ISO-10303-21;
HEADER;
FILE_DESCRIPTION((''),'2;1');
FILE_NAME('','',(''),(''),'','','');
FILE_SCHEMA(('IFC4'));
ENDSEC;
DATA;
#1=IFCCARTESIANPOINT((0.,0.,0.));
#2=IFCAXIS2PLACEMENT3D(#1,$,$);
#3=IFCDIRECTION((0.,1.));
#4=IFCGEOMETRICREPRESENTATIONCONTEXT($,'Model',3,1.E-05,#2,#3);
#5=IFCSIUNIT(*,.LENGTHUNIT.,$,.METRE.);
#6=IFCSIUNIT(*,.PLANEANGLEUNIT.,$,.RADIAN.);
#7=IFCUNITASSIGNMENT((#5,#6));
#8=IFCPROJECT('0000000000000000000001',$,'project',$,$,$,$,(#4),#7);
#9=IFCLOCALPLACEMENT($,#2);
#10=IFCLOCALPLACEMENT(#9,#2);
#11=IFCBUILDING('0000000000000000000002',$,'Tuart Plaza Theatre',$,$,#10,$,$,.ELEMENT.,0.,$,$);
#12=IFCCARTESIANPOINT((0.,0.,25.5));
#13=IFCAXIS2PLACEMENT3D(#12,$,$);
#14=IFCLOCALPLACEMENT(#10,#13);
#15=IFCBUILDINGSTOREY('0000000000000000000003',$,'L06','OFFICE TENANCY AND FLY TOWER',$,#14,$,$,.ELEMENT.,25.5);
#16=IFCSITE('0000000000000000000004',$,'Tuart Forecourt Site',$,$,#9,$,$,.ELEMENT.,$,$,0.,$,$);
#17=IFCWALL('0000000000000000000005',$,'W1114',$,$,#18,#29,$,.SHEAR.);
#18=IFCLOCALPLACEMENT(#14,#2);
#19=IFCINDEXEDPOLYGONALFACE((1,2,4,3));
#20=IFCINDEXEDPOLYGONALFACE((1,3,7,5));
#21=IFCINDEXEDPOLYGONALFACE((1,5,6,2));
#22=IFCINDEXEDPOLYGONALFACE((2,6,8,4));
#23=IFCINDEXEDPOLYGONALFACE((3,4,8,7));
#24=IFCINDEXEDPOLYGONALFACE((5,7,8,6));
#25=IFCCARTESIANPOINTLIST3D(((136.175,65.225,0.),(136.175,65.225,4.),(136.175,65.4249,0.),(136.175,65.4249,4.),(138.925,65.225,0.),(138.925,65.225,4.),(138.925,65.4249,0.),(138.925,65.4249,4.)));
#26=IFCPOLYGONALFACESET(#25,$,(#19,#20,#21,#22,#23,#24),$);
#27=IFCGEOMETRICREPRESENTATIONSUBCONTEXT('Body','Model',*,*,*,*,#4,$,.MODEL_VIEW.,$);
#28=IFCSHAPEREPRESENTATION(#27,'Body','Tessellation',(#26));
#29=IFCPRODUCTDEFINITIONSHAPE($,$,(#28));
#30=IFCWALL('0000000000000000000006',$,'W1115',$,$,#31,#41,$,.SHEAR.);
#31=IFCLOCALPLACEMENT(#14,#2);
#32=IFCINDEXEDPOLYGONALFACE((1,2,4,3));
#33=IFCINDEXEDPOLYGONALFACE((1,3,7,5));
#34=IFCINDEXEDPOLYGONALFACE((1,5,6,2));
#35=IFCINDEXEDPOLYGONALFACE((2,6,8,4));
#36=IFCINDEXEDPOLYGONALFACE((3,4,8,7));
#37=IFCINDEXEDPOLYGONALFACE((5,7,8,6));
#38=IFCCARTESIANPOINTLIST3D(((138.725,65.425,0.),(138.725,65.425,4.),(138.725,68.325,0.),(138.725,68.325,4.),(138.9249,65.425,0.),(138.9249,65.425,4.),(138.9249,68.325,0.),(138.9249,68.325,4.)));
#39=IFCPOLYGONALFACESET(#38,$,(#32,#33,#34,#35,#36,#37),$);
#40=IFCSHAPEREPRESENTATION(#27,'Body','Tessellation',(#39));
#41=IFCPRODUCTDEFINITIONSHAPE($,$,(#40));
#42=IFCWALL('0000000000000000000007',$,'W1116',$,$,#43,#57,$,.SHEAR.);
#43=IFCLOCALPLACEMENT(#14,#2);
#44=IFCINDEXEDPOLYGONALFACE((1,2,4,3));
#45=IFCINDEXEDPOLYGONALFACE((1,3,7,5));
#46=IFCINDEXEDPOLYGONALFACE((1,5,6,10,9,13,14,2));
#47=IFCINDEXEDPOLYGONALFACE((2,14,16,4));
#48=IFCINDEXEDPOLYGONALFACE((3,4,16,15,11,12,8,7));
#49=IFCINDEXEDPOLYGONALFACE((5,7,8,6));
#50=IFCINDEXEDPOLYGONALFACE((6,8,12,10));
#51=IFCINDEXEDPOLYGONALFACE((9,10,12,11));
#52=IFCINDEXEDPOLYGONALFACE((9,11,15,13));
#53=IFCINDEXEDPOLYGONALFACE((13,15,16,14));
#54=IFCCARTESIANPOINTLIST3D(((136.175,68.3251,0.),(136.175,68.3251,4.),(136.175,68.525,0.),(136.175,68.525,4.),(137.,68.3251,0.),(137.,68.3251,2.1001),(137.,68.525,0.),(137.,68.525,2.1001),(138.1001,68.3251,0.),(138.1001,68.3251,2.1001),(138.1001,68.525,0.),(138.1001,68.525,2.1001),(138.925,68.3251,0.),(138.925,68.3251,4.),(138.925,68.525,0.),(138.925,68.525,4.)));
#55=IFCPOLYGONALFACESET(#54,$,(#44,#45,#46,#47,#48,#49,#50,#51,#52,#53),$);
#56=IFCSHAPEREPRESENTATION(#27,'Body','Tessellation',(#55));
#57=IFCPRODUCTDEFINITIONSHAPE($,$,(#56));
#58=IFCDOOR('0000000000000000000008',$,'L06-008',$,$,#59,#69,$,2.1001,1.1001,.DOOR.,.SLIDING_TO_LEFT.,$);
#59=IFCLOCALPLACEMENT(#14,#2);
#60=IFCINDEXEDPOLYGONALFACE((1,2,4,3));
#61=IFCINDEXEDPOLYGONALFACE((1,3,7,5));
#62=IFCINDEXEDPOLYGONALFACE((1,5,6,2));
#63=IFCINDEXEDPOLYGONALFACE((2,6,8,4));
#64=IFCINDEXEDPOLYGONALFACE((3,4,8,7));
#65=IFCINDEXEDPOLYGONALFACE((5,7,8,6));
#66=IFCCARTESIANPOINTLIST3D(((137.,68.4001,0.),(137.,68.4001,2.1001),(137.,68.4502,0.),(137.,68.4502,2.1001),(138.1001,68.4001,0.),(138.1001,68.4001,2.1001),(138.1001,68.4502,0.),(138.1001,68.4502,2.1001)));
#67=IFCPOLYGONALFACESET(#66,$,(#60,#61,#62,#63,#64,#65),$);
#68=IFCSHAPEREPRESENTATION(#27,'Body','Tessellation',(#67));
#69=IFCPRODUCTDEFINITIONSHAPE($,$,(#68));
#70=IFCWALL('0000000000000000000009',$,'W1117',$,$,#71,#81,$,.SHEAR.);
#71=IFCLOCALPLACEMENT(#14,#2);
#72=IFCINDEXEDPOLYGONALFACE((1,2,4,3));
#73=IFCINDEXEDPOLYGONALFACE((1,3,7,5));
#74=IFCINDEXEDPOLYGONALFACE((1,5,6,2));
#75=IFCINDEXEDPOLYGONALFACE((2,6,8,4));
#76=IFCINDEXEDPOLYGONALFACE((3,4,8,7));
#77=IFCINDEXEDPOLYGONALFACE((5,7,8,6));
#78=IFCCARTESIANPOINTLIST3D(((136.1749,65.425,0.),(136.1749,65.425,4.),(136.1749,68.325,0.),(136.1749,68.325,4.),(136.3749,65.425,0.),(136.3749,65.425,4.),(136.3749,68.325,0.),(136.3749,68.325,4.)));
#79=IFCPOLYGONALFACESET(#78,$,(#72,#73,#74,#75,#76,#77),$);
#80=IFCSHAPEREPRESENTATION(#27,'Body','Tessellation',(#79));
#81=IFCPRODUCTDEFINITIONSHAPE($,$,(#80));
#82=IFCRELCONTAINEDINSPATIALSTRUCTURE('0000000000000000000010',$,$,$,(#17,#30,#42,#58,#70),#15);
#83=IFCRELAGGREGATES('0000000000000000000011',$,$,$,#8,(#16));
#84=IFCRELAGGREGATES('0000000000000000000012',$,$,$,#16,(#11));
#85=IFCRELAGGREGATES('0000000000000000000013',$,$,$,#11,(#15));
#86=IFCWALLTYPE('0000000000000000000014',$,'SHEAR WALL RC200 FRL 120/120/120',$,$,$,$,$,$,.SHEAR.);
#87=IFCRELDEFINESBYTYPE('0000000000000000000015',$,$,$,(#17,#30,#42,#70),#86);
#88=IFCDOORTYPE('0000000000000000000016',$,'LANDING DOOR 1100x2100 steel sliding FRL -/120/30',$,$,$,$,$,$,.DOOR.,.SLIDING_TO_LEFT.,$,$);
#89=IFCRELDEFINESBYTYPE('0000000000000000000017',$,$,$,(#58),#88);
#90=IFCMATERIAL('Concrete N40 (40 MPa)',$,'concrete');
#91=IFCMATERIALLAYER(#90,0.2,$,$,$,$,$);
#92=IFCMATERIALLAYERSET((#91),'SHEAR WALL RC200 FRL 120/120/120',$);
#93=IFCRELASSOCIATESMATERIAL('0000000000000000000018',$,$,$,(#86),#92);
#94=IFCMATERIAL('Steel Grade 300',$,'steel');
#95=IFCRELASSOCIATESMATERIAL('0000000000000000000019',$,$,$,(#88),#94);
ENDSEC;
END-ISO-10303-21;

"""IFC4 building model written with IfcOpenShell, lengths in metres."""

from ifc_helpers import new_model, si_unit, direction, frame, frame_2d, origin, place, context, subcontext, project, spatial, rectangle, extrude, material, layer, layer_set, type_object, element, fill, save


model = new_model("IFC4")

# Units and contexts
model_context = context("Model", 3, precision=1e-05, world=origin(), true_north=direction((0.0, 1.0)))
body_context = subcontext(model_context, "Body", "Model", "MODEL_VIEW")
ifc_project = project(units=[si_unit("LENGTHUNIT", "METRE"), si_unit("PLANEANGLEUNIT", "RADIAN")], contexts=[model_context])

# Site, building, storey
site_placement = place(None, origin())
site = spatial("IfcSite", under=ifc_project, at=site_placement, Name="Tuart Forecourt Site", CompositionType="ELEMENT", RefElevation=0.0)
building_placement = place(site_placement, origin())
building = spatial("IfcBuilding", under=site, at=building_placement, Name="Tuart Plaza Theatre", CompositionType="ELEMENT", ElevationOfRefHeight=0.0)
storey_placement = place(building_placement, frame((0.0, 0.0, 25.5)))
storey = spatial("IfcBuildingStorey", under=building, at=storey_placement, Name="L06", Description="OFFICE TENANCY AND FLY TOWER", CompositionType="ELEMENT", Elevation=25.5)

# Shared definitions
ifc_material_1 = material(Name="Concrete N40 (40 MPa)", Category="concrete")
ifc_layer_1 = layer(ifc_material_1, 0.2)
ifc_layer_set_1 = layer_set([ifc_layer_1], Name="SHEAR WALL RC200 FRL 120/120/120")
wall_type_1 = type_object("IfcWallType", Name="SHEAR WALL RC200 FRL 120/120/120", PredefinedType="SHEAR", material=ifc_layer_set_1)
ifc_material_2 = material(Name="Steel Grade 300", Category="steel")
door_type_1 = type_object("IfcDoorType", Name="LANDING DOOR 1100x2100 steel sliding FRL -/120/30", OperationType="SLIDING_TO_LEFT", PredefinedType="DOOR", material=ifc_material_2)

# Walls
wall_1_placement = place(storey_placement, frame((136.175, 65.325, 0.0), z_axis=(0.0, 0.0, 1.0), x_axis=(1.0, 0.0, 0.0)))
element("IfcWall", 1, at=wall_1_placement, inside=storey, type_object=wall_type_1, Name="W1114", PredefinedType="SHEAR", context=body_context, shape_type="SweptSolid", body=[
    extrude(rectangle(XDim=2.75, YDim=0.2, at=frame_2d((1.375, 0.0))), origin(), (0.0, 0.0, 1.0), 4.0),
])
wall_2_placement = place(storey_placement, frame((138.825, 65.425, 0.0), z_axis=(0.0, 0.0, 1.0), x_axis=(0.0, 1.0, 0.0)))
element("IfcWall", 2, at=wall_2_placement, inside=storey, type_object=wall_type_1, Name="W1115", PredefinedType="SHEAR", context=body_context, shape_type="SweptSolid", body=[
    extrude(rectangle(XDim=2.8999, YDim=0.2, at=frame_2d((1.45, 0.0))), origin(), (0.0, 0.0, 1.0), 4.0),
])

# Wall, opening, door
wall_3_placement = place(storey_placement, frame((138.925, 68.425, 0.0), z_axis=(0.0, 0.0, 1.0), x_axis=(-1.0, 0.0, 0.0)))
wall_3 = element("IfcWall", 3, at=wall_3_placement, inside=storey, type_object=wall_type_1, Name="W1116", PredefinedType="SHEAR", context=body_context, shape_type="SweptSolid", body=[
    extrude(rectangle(XDim=2.75, YDim=0.2, at=frame_2d((1.375, 0.0))), origin(), (0.0, 0.0, 1.0), 4.0),
])
opening_1_placement = place(wall_3_placement, frame((0.825, 0.0, 0.0)))
opening_1 = element("IfcOpeningElement", 4, at=opening_1_placement, cuts=wall_3, PredefinedType="OPENING", context=body_context, shape_type="SweptSolid", body=[
    extrude(rectangle(XDim=1.1001, YDim=2.1001, at=frame_2d((0.55, 1.05))), frame((0.0, 0.1099, 0.0), z_axis=(0.0, -1.0, 0.0), x_axis=(1.0, 0.0, 0.0)), (0.0, 0.0, 1.0), 0.22),
])
door_1_placement = place(opening_1_placement, origin())
door_1 = element("IfcDoor", 5, at=door_1_placement, inside=storey, type_object=door_type_1, Name="L06-008", OperationType="SLIDING_TO_LEFT", OverallHeight=2.1001, OverallWidth=1.1001, PredefinedType="DOOR", context=body_context, shape_type="SweptSolid", body=[
    extrude(rectangle(XDim=1.1001, YDim=2.1001, at=frame_2d((0.55, 1.05))), frame((0.0, 0.0249, 0.0), z_axis=(0.0, -1.0, 0.0), x_axis=(1.0, 0.0, 0.0)), (0.0, 0.0, 1.0), 0.05),
])
fill(opening_1, door_1)

# Wall
wall_4_placement = place(storey_placement, frame((136.2749, 68.325, 0.0), z_axis=(0.0, 0.0, 1.0), x_axis=(0.0, -1.0, 0.0)))
element("IfcWall", 6, at=wall_4_placement, inside=storey, type_object=wall_type_1, Name="W1117", PredefinedType="SHEAR", context=body_context, shape_type="SweptSolid", body=[
    extrude(rectangle(XDim=2.8999, YDim=0.2, at=frame_2d((1.45, 0.0))), origin(), (0.0, 0.0, 1.0), 4.0),
])

save(model, "model.ifc")
